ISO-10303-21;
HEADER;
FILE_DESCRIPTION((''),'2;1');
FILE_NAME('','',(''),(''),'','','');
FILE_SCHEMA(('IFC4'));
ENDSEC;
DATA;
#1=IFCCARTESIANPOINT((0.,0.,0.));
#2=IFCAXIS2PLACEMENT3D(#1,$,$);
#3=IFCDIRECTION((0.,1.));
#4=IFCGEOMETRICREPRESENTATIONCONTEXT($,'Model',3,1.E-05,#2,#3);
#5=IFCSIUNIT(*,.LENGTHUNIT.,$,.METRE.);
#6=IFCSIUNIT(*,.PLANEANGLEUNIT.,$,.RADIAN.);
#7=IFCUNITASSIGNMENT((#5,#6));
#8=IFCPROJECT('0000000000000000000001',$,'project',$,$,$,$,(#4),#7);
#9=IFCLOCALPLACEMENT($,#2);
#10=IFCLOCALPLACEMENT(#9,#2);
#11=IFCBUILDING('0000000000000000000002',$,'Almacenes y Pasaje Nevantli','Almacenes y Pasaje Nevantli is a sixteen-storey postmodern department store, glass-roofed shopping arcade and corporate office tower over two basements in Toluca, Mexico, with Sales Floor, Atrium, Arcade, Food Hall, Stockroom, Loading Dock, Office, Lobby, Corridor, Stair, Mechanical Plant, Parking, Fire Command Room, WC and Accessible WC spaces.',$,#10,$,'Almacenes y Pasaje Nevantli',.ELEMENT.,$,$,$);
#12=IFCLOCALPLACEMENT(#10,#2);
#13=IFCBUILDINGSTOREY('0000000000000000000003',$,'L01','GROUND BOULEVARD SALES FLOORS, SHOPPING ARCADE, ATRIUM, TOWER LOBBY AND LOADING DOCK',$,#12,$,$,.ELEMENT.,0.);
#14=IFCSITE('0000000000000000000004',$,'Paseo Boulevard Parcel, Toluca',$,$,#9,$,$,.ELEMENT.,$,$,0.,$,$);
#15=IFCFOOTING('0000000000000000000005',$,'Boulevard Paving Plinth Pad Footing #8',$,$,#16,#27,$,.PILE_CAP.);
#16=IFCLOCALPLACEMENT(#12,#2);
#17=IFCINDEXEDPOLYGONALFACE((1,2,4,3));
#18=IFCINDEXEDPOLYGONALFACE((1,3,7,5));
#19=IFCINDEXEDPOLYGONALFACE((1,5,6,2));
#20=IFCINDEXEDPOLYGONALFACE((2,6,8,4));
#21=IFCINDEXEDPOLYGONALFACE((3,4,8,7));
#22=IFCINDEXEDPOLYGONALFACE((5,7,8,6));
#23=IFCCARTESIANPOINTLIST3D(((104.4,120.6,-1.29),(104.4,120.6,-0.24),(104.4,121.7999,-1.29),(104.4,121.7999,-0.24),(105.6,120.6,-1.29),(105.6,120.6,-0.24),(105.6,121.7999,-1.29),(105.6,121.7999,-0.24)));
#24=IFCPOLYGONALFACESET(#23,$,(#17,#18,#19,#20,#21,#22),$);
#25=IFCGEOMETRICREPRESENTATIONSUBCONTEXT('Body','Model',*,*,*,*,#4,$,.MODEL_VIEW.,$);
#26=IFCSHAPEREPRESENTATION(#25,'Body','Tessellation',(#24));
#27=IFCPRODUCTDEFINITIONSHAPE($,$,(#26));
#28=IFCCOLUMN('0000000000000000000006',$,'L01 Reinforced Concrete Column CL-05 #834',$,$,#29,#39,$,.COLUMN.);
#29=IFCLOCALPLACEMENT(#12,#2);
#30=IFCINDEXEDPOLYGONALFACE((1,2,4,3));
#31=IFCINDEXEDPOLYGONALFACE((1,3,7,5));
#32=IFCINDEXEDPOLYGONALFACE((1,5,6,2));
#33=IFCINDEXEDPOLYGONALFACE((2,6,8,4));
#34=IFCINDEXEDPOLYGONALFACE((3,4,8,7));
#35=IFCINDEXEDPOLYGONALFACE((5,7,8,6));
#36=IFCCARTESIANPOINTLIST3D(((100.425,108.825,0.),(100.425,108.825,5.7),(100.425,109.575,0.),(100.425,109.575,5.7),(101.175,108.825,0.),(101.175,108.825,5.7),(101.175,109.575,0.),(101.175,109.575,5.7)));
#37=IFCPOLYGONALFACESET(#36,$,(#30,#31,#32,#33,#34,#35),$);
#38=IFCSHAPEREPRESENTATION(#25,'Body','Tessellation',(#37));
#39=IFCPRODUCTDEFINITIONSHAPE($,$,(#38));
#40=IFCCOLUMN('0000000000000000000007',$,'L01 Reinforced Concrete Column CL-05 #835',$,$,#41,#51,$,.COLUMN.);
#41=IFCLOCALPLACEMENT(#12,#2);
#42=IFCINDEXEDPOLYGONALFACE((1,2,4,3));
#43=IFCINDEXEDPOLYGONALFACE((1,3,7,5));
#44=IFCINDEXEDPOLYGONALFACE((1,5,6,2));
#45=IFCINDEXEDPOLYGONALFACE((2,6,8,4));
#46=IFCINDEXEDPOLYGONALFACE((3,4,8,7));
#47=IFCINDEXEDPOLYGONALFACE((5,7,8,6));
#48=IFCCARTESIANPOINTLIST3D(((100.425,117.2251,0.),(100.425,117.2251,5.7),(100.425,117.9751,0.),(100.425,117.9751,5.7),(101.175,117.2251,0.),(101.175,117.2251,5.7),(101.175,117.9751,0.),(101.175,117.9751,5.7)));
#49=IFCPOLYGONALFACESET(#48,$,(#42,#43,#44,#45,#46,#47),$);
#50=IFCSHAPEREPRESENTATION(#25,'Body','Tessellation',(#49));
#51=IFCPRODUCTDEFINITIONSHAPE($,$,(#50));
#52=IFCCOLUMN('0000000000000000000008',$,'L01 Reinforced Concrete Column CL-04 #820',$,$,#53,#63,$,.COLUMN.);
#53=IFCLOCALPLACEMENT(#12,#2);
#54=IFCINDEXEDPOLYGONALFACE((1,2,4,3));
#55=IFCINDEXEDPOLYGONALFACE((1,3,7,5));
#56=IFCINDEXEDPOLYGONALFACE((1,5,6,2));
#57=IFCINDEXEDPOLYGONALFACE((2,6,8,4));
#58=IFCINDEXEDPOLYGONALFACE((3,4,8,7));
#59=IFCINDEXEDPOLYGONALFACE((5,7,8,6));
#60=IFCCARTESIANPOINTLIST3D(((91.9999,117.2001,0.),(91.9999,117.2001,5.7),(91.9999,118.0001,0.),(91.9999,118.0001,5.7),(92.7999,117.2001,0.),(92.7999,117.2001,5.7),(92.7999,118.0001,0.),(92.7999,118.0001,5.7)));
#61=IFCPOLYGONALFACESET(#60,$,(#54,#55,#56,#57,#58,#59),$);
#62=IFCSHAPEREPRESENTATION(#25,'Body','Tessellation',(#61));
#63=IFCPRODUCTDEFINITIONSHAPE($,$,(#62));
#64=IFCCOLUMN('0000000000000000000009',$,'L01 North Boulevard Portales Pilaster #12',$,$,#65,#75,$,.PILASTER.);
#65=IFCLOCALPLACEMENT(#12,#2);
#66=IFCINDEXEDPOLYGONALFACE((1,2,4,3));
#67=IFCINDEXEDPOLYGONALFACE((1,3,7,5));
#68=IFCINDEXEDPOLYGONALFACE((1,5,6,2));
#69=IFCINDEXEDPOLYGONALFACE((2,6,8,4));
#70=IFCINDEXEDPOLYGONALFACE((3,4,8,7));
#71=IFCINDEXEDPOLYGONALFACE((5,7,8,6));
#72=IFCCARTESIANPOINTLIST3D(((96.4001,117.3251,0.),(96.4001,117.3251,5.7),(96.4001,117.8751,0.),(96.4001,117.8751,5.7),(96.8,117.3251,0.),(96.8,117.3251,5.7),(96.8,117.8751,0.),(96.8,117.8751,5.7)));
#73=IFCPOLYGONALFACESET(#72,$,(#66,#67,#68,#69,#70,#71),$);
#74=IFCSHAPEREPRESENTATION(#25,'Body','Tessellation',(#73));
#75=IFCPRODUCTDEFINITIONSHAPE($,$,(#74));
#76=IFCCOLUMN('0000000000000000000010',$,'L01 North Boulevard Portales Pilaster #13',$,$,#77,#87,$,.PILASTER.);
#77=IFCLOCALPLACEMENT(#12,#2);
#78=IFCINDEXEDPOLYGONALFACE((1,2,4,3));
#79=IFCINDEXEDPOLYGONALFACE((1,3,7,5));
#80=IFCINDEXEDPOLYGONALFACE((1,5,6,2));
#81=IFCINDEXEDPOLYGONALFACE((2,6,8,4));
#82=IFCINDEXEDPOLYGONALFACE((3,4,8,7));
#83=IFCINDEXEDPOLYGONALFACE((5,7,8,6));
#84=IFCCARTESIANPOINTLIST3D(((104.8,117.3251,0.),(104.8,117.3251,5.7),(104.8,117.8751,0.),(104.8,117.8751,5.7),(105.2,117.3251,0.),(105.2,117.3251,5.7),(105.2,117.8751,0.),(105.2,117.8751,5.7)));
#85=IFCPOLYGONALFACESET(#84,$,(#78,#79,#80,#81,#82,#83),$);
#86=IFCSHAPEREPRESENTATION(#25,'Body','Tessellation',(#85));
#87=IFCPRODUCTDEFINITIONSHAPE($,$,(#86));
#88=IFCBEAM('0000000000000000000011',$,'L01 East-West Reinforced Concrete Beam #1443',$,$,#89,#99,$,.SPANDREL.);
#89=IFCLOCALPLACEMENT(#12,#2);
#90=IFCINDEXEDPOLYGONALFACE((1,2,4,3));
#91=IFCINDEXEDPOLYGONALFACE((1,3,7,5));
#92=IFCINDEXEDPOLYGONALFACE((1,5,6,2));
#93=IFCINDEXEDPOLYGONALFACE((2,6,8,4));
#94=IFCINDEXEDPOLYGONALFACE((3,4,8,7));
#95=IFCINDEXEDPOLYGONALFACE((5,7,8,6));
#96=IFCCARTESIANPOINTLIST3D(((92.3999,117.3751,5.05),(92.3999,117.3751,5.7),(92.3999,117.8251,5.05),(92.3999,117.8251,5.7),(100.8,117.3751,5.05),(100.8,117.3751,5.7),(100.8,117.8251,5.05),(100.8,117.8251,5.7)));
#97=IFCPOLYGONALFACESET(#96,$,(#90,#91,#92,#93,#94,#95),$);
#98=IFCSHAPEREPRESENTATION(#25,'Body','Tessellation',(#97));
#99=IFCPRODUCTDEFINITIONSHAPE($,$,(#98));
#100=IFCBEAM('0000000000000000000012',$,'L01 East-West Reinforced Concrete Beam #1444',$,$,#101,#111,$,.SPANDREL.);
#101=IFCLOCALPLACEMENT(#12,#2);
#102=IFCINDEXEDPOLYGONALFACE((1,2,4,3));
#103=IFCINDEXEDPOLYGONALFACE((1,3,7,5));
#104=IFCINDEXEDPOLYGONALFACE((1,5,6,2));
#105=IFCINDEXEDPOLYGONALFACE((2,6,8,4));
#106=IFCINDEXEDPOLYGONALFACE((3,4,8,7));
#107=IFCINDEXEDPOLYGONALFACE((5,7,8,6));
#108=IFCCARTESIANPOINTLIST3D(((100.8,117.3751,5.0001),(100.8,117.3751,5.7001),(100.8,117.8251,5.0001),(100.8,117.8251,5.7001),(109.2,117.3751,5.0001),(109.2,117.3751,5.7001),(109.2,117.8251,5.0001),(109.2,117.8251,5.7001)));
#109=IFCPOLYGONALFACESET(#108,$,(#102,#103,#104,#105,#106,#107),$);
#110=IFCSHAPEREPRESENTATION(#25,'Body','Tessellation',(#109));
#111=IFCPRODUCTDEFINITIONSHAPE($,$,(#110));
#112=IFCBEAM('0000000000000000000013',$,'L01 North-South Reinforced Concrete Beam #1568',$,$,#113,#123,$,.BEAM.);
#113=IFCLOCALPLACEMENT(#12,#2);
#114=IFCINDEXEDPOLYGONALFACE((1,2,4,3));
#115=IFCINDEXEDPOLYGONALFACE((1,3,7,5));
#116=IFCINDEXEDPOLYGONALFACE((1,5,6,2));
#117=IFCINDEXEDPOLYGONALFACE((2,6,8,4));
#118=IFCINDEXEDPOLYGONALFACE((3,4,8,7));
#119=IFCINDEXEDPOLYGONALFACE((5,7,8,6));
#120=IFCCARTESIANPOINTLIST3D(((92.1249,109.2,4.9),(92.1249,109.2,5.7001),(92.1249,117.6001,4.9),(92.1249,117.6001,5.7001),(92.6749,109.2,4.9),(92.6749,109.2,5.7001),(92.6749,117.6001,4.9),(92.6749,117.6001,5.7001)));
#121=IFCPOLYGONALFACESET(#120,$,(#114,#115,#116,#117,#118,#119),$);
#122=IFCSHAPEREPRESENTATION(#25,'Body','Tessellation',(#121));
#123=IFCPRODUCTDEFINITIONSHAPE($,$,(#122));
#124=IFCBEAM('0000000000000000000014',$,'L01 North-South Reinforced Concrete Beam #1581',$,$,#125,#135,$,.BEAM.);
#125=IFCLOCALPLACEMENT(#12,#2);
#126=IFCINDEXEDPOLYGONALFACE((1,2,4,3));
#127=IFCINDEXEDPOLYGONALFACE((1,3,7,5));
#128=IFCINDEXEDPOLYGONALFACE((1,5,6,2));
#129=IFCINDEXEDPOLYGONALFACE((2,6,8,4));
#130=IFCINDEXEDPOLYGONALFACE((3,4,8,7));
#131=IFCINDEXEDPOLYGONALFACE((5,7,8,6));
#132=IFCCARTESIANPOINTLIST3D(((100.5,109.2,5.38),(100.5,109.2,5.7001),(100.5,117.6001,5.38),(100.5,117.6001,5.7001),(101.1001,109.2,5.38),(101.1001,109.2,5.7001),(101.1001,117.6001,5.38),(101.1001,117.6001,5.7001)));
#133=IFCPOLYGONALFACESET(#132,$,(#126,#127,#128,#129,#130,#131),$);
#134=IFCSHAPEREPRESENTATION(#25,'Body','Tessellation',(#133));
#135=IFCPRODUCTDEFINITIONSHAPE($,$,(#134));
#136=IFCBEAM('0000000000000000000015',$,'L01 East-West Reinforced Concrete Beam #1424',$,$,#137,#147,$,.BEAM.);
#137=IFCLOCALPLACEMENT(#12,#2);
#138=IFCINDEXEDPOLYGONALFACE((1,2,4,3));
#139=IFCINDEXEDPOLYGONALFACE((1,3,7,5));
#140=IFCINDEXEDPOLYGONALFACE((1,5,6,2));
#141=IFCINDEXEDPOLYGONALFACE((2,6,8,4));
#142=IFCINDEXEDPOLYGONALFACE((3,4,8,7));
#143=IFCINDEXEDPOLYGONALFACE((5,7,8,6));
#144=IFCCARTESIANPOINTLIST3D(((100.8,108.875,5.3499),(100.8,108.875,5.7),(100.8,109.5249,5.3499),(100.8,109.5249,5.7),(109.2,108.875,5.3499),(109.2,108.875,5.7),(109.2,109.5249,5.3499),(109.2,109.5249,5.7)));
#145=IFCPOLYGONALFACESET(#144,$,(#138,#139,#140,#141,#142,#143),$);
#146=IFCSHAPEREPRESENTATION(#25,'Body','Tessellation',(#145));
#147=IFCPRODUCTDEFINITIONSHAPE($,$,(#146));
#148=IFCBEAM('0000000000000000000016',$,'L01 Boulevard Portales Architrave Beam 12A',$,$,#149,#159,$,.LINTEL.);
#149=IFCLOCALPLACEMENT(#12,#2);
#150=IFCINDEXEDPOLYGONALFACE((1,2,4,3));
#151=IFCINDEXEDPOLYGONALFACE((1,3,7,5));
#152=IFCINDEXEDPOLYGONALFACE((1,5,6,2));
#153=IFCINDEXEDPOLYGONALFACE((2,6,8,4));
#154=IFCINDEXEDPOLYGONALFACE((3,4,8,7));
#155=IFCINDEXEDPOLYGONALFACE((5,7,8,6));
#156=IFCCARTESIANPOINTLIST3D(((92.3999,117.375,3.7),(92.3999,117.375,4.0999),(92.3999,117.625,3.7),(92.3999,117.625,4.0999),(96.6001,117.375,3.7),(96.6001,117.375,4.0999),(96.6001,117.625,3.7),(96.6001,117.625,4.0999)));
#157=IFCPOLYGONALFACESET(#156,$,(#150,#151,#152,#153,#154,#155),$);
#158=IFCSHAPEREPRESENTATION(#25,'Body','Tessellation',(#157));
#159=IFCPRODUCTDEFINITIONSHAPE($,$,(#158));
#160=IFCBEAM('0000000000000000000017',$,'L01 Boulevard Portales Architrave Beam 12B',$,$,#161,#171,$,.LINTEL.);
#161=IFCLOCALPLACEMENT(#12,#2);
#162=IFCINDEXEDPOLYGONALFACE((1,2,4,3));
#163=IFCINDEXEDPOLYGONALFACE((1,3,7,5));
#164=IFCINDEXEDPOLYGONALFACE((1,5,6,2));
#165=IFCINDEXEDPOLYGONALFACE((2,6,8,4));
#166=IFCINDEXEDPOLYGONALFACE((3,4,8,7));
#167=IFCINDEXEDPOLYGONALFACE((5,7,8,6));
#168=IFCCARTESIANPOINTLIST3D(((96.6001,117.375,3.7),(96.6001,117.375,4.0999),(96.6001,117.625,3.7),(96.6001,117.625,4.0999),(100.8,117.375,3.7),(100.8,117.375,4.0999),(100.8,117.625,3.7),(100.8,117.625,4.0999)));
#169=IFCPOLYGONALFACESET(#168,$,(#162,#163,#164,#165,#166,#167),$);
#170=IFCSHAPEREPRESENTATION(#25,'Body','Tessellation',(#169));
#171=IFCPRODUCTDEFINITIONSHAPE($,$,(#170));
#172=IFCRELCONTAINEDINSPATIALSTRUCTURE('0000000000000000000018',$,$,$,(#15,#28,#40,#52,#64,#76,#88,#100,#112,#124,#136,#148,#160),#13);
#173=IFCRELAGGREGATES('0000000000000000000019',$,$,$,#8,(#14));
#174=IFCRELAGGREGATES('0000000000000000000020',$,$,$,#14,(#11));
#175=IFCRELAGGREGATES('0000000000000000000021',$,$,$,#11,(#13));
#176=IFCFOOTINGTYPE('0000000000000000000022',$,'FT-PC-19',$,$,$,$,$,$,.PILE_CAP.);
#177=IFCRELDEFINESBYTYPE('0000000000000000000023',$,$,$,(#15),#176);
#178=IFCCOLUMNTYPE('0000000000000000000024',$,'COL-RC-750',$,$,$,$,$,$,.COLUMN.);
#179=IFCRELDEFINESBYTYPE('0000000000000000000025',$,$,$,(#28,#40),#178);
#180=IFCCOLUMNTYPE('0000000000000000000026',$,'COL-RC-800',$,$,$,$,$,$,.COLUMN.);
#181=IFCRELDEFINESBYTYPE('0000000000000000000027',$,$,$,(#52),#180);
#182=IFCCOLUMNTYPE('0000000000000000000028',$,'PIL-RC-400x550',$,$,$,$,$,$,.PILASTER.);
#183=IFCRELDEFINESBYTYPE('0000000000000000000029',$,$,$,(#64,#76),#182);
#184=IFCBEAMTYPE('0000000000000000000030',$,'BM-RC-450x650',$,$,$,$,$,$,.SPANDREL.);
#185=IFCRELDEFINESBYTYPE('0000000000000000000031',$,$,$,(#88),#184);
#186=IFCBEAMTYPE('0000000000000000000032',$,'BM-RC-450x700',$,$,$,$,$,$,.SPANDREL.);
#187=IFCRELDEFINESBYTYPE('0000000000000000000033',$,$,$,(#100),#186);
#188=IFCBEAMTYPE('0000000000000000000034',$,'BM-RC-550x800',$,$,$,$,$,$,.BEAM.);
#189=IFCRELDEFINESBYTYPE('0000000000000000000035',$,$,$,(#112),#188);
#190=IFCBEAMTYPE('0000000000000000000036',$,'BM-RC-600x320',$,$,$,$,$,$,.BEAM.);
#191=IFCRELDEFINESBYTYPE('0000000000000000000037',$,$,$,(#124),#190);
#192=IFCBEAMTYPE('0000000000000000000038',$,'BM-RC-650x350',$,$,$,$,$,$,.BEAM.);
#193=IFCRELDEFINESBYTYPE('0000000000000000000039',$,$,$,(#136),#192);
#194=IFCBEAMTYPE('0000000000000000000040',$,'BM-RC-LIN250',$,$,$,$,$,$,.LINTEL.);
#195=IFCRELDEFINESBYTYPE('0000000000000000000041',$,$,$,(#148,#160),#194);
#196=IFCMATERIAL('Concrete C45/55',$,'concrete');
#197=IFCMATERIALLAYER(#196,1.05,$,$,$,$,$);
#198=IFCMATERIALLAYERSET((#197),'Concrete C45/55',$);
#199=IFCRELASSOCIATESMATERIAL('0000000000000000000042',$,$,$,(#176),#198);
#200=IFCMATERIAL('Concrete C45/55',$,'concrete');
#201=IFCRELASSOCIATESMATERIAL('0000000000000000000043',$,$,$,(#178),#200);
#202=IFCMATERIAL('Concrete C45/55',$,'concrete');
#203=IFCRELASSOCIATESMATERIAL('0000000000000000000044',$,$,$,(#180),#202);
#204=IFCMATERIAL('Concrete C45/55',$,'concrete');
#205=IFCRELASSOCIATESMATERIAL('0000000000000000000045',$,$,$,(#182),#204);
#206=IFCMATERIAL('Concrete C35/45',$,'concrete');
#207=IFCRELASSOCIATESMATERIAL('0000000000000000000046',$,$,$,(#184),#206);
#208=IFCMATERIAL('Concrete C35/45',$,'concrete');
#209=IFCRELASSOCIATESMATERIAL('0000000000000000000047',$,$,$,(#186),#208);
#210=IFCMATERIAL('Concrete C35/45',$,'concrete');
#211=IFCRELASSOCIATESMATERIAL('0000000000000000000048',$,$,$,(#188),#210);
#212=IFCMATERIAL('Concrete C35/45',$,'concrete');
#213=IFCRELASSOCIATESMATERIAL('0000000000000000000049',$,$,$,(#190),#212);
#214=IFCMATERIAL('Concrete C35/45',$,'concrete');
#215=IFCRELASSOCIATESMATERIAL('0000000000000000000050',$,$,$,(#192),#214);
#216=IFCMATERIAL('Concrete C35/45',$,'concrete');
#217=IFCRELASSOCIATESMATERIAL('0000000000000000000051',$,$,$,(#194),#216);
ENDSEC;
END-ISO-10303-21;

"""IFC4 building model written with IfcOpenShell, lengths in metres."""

from ifc_helpers import new_model, si_unit, direction, frame, origin, origin_2d, place, context, subcontext, project, spatial, rectangle, extrude, material, layer, layer_set, material_profile, profile_set, type_object, element, save


model = new_model("IFC4")

# Units and contexts
model_context = context("Model", 3, precision=1e-05, world=origin(), true_north=direction((0.0, 1.0)))
body_context = subcontext(model_context, "Body", "Model", "MODEL_VIEW")
ifc_project = project(units=[si_unit("LENGTHUNIT", "METRE"), si_unit("PLANEANGLEUNIT", "RADIAN")], contexts=[model_context])

# Site, building, storey
site_placement = place(None, origin())
site = spatial("IfcSite", under=ifc_project, at=site_placement, Name="Paseo Boulevard Parcel, Toluca", CompositionType="ELEMENT", RefElevation=0.0)
building_placement = place(site_placement, origin())
building = spatial("IfcBuilding", under=site, at=building_placement, Name="Almacenes y Pasaje Nevantli", Description="Almacenes y Pasaje Nevantli is a sixteen-storey postmodern department store, glass-roofed shopping arcade and corporate office tower over two basements in Toluca, Mexico, with Sales Floor, Atrium, Arcade, Food Hall, Stockroom, Loading Dock, Office, Lobby, Corridor, Stair, Mechanical Plant, Parking, Fire Command Room, WC and Accessible WC spaces.", LongName="Almacenes y Pasaje Nevantli", CompositionType="ELEMENT")
storey_placement = place(building_placement, origin())
storey = spatial("IfcBuildingStorey", under=building, at=storey_placement, Name="L01", Description="GROUND BOULEVARD SALES FLOORS, SHOPPING ARCADE, ATRIUM, TOWER LOBBY AND LOADING DOCK", CompositionType="ELEMENT", Elevation=0.0)

# Footing
ifc_material_1 = material(Name="Concrete C45/55", Category="concrete")
ifc_layer_1 = layer(ifc_material_1, 1.05)
ifc_layer_set_1 = layer_set([ifc_layer_1], Name="Concrete C45/55")
footing_type = type_object("IfcFootingType", Name="FT-PC-19", PredefinedType="PILE_CAP", material=ifc_layer_set_1)
footing_placement = place(storey_placement, frame((105.0, 121.2, -1.29), z_axis=(0.0, 0.0, 1.0), x_axis=(1.0, 0.0, 0.0)))
element("IfcFooting", 1, at=footing_placement, inside=storey, type_object=footing_type, Name="Boulevard Paving Plinth Pad Footing #8", PredefinedType="PILE_CAP", context=body_context, shape_type="SweptSolid", body=[
    extrude(rectangle(XDim=1.2, YDim=1.2, at=origin_2d()), origin(), (0.0, 0.0, 1.0), 1.05),
])

# Columns
ifc_material_2 = material(Name="Concrete C45/55", Category="concrete")
ifc_material_profile_1 = material_profile(ifc_material_2, rectangle(XDim=0.75, YDim=0.75, at=origin_2d()), Name="RC-COL-750x750")
ifc_profile_set_1 = profile_set([ifc_material_profile_1], Name="Concrete C45/55")
column_type_1 = type_object("IfcColumnType", Name="COL-RC-750", PredefinedType="COLUMN", material=ifc_profile_set_1)
for number, where, z_axis, x_axis, name in (
    (2, (100.8, 109.2, 0.0), (0.0, 0.0, 1.0), (1.0, 0.0, 0.0), "L01 Reinforced Concrete Column CL-05 #834"),
    (3, (100.8, 117.6001, 0.0), (0.0, 0.0, 1.0), (1.0, 0.0, 0.0), "L01 Reinforced Concrete Column CL-05 #835"),
):
    element("IfcColumn", number, at=place(storey_placement, frame(where, z_axis=z_axis, x_axis=x_axis)), inside=storey, type_object=column_type_1, Name=name, PredefinedType="COLUMN", context=body_context, shape_type="SweptSolid", body=[
        extrude(rectangle(XDim=0.75, YDim=0.75, at=origin_2d()), origin(), (0.0, 0.0, 1.0), 5.7),
    ])
ifc_material_3 = material(Name="Concrete C45/55", Category="concrete")
ifc_material_profile_2 = material_profile(ifc_material_3, rectangle(XDim=0.8, YDim=0.8, at=origin_2d()), Name="RC-COL-800x800")
ifc_profile_set_2 = profile_set([ifc_material_profile_2], Name="Concrete C45/55")
column_type_2 = type_object("IfcColumnType", Name="COL-RC-800", PredefinedType="COLUMN", material=ifc_profile_set_2)
column_placement = place(storey_placement, frame((92.3999, 117.6001, 0.0), z_axis=(0.0, 0.0, 1.0), x_axis=(1.0, 0.0, 0.0)))
element("IfcColumn", 4, at=column_placement, inside=storey, type_object=column_type_2, Name="L01 Reinforced Concrete Column CL-04 #820", PredefinedType="COLUMN", context=body_context, shape_type="SweptSolid", body=[
    extrude(rectangle(XDim=0.8, YDim=0.8, at=origin_2d()), origin(), (0.0, 0.0, 1.0), 5.7),
])
ifc_material_4 = material(Name="Concrete C45/55", Category="concrete")
ifc_material_profile_3 = material_profile(ifc_material_4, rectangle(XDim=0.3999, YDim=0.55, at=origin_2d()), Name="RC-PIL-400x550")
ifc_profile_set_3 = profile_set([ifc_material_profile_3], Name="Concrete C45/55")
column_type_3 = type_object("IfcColumnType", Name="PIL-RC-400x550", PredefinedType="PILASTER", material=ifc_profile_set_3)
for number, where, z_axis, x_axis, name in (
    (5, (96.6001, 117.6001, 0.0), (0.0, 0.0, 1.0), (1.0, 0.0, 0.0), "L01 North Boulevard Portales Pilaster #12"),
    (6, (105.0, 117.6001, 0.0), (0.0, 0.0, 1.0), (1.0, 0.0, 0.0), "L01 North Boulevard Portales Pilaster #13"),
):
    element("IfcColumn", number, at=place(storey_placement, frame(where, z_axis=z_axis, x_axis=x_axis)), inside=storey, type_object=column_type_3, Name=name, PredefinedType="PILASTER", context=body_context, shape_type="SweptSolid", body=[
        extrude(rectangle(XDim=0.3999, YDim=0.55, at=origin_2d()), origin(), (0.0, 0.0, 1.0), 5.7),
    ])

# Beams
ifc_material_5 = material(Name="Concrete C35/45", Category="concrete")
ifc_material_profile_4 = material_profile(ifc_material_5, rectangle(XDim=0.45, YDim=0.6499, at=origin_2d()), Name="RC-BM-450x650")
ifc_profile_set_4 = profile_set([ifc_material_profile_4], Name="Concrete C35/45")
beam_type_1 = type_object("IfcBeamType", Name="BM-RC-450x650", PredefinedType="SPANDREL", material=ifc_profile_set_4)
beam_1_placement = place(storey_placement, frame((92.3999, 117.6001, 5.375), z_axis=(1.0, 0.0, 0.0), x_axis=(0.0, 1.0, 0.0)))
element("IfcBeam", 7, at=beam_1_placement, inside=storey, type_object=beam_type_1, Name="L01 East-West Reinforced Concrete Beam #1443", PredefinedType="SPANDREL", context=body_context, shape_type="SweptSolid", body=[
    extrude(rectangle(XDim=0.45, YDim=0.6499, at=origin_2d()), origin(), (0.0, 0.0, 1.0), 8.4001),
])
ifc_material_6 = material(Name="Concrete C35/45", Category="concrete")
ifc_material_profile_5 = material_profile(ifc_material_6, rectangle(XDim=0.45, YDim=0.7, at=origin_2d()), Name="RC-BM-450x700")
ifc_profile_set_5 = profile_set([ifc_material_profile_5], Name="Concrete C35/45")
beam_type_2 = type_object("IfcBeamType", Name="BM-RC-450x700", PredefinedType="SPANDREL", material=ifc_profile_set_5)
beam_2_placement = place(storey_placement, frame((100.8, 117.6001, 5.3501), z_axis=(1.0, 0.0, 0.0), x_axis=(0.0, 1.0, 0.0)))
element("IfcBeam", 8, at=beam_2_placement, inside=storey, type_object=beam_type_2, Name="L01 East-West Reinforced Concrete Beam #1444", PredefinedType="SPANDREL", context=body_context, shape_type="SweptSolid", body=[
    extrude(rectangle(XDim=0.45, YDim=0.7, at=origin_2d()), origin(), (0.0, 0.0, 1.0), 8.3999),
])
ifc_material_7 = material(Name="Concrete C35/45", Category="concrete")
ifc_material_profile_6 = material_profile(ifc_material_7, rectangle(XDim=0.55, YDim=0.8, at=origin_2d()), Name="RC-BM-550x800")
ifc_profile_set_6 = profile_set([ifc_material_profile_6], Name="Concrete C35/45")
beam_type_3 = type_object("IfcBeamType", Name="BM-RC-550x800", PredefinedType="BEAM", material=ifc_profile_set_6)
beam_3_placement = place(storey_placement, frame((92.3999, 109.2, 5.3), z_axis=(0.0, 1.0, 0.0), x_axis=(-1.0, 0.0, 0.0)))
element("IfcBeam", 9, at=beam_3_placement, inside=storey, type_object=beam_type_3, Name="L01 North-South Reinforced Concrete Beam #1568", PredefinedType="BEAM", context=body_context, shape_type="SweptSolid", body=[
    extrude(rectangle(XDim=0.55, YDim=0.8, at=origin_2d()), origin(), (0.0, 0.0, 1.0), 8.4001),
])
ifc_material_8 = material(Name="Concrete C35/45", Category="concrete")
ifc_material_profile_7 = material_profile(ifc_material_8, rectangle(XDim=0.6001, YDim=0.3201, at=origin_2d()), Name="RC-BM-600x320")
ifc_profile_set_7 = profile_set([ifc_material_profile_7], Name="Concrete C35/45")
beam_type_4 = type_object("IfcBeamType", Name="BM-RC-600x320", PredefinedType="BEAM", material=ifc_profile_set_7)
beam_4_placement = place(storey_placement, frame((100.8, 109.2, 5.54), z_axis=(0.0, 1.0, 0.0), x_axis=(-1.0, 0.0, 0.0)))
element("IfcBeam", 10, at=beam_4_placement, inside=storey, type_object=beam_type_4, Name="L01 North-South Reinforced Concrete Beam #1581", PredefinedType="BEAM", context=body_context, shape_type="SweptSolid", body=[
    extrude(rectangle(XDim=0.6001, YDim=0.3201, at=origin_2d()), origin(), (0.0, 0.0, 1.0), 8.4001),
])
ifc_material_9 = material(Name="Concrete C35/45", Category="concrete")
ifc_material_profile_8 = material_profile(ifc_material_9, rectangle(XDim=0.6499, YDim=0.3501, at=origin_2d()), Name="RC-BM-650x350")
ifc_profile_set_8 = profile_set([ifc_material_profile_8], Name="Concrete C35/45")
beam_type_5 = type_object("IfcBeamType", Name="BM-RC-650x350", PredefinedType="BEAM", material=ifc_profile_set_8)
beam_5_placement = place(storey_placement, frame((100.8, 109.2, 5.5249), z_axis=(1.0, 0.0, 0.0), x_axis=(0.0, 1.0, 0.0)))
element("IfcBeam", 11, at=beam_5_placement, inside=storey, type_object=beam_type_5, Name="L01 East-West Reinforced Concrete Beam #1424", PredefinedType="BEAM", context=body_context, shape_type="SweptSolid", body=[
    extrude(rectangle(XDim=0.6499, YDim=0.3501, at=origin_2d()), origin(), (0.0, 0.0, 1.0), 8.3999),
])
ifc_material_10 = material(Name="Concrete C35/45", Category="concrete")
ifc_material_profile_9 = material_profile(ifc_material_10, rectangle(XDim=0.25, YDim=0.3999, at=origin_2d()), Name="RC-LIN-250x400")
ifc_profile_set_9 = profile_set([ifc_material_profile_9], Name="Concrete C35/45")
beam_type_6 = type_object("IfcBeamType", Name="BM-RC-LIN250", PredefinedType="LINTEL", material=ifc_profile_set_9)
beam_6_placement = place(storey_placement, frame((92.3999, 117.5, 3.8999), z_axis=(1.0, 0.0, 0.0), x_axis=(0.0, 1.0, 0.0)))
element("IfcBeam", 12, at=beam_6_placement, inside=storey, type_object=beam_type_6, Name="L01 Boulevard Portales Architrave Beam 12A", PredefinedType="LINTEL", context=body_context, shape_type="SweptSolid", body=[
    extrude(rectangle(XDim=0.25, YDim=0.3999, at=origin_2d()), origin(), (0.0, 0.0, 1.0), 4.2002),
])
beam_7_placement = place(storey_placement, frame((96.6001, 117.5, 3.8999), z_axis=(1.0, 0.0, 0.0), x_axis=(0.0, 1.0, 0.0)))
element("IfcBeam", 13, at=beam_7_placement, inside=storey, type_object=beam_type_6, Name="L01 Boulevard Portales Architrave Beam 12B", PredefinedType="LINTEL", context=body_context, shape_type="SweptSolid", body=[
    extrude(rectangle(XDim=0.25, YDim=0.3999, at=origin_2d()), origin(), (0.0, 0.0, 1.0), 4.2),
])

save(model, "model.ifc")
